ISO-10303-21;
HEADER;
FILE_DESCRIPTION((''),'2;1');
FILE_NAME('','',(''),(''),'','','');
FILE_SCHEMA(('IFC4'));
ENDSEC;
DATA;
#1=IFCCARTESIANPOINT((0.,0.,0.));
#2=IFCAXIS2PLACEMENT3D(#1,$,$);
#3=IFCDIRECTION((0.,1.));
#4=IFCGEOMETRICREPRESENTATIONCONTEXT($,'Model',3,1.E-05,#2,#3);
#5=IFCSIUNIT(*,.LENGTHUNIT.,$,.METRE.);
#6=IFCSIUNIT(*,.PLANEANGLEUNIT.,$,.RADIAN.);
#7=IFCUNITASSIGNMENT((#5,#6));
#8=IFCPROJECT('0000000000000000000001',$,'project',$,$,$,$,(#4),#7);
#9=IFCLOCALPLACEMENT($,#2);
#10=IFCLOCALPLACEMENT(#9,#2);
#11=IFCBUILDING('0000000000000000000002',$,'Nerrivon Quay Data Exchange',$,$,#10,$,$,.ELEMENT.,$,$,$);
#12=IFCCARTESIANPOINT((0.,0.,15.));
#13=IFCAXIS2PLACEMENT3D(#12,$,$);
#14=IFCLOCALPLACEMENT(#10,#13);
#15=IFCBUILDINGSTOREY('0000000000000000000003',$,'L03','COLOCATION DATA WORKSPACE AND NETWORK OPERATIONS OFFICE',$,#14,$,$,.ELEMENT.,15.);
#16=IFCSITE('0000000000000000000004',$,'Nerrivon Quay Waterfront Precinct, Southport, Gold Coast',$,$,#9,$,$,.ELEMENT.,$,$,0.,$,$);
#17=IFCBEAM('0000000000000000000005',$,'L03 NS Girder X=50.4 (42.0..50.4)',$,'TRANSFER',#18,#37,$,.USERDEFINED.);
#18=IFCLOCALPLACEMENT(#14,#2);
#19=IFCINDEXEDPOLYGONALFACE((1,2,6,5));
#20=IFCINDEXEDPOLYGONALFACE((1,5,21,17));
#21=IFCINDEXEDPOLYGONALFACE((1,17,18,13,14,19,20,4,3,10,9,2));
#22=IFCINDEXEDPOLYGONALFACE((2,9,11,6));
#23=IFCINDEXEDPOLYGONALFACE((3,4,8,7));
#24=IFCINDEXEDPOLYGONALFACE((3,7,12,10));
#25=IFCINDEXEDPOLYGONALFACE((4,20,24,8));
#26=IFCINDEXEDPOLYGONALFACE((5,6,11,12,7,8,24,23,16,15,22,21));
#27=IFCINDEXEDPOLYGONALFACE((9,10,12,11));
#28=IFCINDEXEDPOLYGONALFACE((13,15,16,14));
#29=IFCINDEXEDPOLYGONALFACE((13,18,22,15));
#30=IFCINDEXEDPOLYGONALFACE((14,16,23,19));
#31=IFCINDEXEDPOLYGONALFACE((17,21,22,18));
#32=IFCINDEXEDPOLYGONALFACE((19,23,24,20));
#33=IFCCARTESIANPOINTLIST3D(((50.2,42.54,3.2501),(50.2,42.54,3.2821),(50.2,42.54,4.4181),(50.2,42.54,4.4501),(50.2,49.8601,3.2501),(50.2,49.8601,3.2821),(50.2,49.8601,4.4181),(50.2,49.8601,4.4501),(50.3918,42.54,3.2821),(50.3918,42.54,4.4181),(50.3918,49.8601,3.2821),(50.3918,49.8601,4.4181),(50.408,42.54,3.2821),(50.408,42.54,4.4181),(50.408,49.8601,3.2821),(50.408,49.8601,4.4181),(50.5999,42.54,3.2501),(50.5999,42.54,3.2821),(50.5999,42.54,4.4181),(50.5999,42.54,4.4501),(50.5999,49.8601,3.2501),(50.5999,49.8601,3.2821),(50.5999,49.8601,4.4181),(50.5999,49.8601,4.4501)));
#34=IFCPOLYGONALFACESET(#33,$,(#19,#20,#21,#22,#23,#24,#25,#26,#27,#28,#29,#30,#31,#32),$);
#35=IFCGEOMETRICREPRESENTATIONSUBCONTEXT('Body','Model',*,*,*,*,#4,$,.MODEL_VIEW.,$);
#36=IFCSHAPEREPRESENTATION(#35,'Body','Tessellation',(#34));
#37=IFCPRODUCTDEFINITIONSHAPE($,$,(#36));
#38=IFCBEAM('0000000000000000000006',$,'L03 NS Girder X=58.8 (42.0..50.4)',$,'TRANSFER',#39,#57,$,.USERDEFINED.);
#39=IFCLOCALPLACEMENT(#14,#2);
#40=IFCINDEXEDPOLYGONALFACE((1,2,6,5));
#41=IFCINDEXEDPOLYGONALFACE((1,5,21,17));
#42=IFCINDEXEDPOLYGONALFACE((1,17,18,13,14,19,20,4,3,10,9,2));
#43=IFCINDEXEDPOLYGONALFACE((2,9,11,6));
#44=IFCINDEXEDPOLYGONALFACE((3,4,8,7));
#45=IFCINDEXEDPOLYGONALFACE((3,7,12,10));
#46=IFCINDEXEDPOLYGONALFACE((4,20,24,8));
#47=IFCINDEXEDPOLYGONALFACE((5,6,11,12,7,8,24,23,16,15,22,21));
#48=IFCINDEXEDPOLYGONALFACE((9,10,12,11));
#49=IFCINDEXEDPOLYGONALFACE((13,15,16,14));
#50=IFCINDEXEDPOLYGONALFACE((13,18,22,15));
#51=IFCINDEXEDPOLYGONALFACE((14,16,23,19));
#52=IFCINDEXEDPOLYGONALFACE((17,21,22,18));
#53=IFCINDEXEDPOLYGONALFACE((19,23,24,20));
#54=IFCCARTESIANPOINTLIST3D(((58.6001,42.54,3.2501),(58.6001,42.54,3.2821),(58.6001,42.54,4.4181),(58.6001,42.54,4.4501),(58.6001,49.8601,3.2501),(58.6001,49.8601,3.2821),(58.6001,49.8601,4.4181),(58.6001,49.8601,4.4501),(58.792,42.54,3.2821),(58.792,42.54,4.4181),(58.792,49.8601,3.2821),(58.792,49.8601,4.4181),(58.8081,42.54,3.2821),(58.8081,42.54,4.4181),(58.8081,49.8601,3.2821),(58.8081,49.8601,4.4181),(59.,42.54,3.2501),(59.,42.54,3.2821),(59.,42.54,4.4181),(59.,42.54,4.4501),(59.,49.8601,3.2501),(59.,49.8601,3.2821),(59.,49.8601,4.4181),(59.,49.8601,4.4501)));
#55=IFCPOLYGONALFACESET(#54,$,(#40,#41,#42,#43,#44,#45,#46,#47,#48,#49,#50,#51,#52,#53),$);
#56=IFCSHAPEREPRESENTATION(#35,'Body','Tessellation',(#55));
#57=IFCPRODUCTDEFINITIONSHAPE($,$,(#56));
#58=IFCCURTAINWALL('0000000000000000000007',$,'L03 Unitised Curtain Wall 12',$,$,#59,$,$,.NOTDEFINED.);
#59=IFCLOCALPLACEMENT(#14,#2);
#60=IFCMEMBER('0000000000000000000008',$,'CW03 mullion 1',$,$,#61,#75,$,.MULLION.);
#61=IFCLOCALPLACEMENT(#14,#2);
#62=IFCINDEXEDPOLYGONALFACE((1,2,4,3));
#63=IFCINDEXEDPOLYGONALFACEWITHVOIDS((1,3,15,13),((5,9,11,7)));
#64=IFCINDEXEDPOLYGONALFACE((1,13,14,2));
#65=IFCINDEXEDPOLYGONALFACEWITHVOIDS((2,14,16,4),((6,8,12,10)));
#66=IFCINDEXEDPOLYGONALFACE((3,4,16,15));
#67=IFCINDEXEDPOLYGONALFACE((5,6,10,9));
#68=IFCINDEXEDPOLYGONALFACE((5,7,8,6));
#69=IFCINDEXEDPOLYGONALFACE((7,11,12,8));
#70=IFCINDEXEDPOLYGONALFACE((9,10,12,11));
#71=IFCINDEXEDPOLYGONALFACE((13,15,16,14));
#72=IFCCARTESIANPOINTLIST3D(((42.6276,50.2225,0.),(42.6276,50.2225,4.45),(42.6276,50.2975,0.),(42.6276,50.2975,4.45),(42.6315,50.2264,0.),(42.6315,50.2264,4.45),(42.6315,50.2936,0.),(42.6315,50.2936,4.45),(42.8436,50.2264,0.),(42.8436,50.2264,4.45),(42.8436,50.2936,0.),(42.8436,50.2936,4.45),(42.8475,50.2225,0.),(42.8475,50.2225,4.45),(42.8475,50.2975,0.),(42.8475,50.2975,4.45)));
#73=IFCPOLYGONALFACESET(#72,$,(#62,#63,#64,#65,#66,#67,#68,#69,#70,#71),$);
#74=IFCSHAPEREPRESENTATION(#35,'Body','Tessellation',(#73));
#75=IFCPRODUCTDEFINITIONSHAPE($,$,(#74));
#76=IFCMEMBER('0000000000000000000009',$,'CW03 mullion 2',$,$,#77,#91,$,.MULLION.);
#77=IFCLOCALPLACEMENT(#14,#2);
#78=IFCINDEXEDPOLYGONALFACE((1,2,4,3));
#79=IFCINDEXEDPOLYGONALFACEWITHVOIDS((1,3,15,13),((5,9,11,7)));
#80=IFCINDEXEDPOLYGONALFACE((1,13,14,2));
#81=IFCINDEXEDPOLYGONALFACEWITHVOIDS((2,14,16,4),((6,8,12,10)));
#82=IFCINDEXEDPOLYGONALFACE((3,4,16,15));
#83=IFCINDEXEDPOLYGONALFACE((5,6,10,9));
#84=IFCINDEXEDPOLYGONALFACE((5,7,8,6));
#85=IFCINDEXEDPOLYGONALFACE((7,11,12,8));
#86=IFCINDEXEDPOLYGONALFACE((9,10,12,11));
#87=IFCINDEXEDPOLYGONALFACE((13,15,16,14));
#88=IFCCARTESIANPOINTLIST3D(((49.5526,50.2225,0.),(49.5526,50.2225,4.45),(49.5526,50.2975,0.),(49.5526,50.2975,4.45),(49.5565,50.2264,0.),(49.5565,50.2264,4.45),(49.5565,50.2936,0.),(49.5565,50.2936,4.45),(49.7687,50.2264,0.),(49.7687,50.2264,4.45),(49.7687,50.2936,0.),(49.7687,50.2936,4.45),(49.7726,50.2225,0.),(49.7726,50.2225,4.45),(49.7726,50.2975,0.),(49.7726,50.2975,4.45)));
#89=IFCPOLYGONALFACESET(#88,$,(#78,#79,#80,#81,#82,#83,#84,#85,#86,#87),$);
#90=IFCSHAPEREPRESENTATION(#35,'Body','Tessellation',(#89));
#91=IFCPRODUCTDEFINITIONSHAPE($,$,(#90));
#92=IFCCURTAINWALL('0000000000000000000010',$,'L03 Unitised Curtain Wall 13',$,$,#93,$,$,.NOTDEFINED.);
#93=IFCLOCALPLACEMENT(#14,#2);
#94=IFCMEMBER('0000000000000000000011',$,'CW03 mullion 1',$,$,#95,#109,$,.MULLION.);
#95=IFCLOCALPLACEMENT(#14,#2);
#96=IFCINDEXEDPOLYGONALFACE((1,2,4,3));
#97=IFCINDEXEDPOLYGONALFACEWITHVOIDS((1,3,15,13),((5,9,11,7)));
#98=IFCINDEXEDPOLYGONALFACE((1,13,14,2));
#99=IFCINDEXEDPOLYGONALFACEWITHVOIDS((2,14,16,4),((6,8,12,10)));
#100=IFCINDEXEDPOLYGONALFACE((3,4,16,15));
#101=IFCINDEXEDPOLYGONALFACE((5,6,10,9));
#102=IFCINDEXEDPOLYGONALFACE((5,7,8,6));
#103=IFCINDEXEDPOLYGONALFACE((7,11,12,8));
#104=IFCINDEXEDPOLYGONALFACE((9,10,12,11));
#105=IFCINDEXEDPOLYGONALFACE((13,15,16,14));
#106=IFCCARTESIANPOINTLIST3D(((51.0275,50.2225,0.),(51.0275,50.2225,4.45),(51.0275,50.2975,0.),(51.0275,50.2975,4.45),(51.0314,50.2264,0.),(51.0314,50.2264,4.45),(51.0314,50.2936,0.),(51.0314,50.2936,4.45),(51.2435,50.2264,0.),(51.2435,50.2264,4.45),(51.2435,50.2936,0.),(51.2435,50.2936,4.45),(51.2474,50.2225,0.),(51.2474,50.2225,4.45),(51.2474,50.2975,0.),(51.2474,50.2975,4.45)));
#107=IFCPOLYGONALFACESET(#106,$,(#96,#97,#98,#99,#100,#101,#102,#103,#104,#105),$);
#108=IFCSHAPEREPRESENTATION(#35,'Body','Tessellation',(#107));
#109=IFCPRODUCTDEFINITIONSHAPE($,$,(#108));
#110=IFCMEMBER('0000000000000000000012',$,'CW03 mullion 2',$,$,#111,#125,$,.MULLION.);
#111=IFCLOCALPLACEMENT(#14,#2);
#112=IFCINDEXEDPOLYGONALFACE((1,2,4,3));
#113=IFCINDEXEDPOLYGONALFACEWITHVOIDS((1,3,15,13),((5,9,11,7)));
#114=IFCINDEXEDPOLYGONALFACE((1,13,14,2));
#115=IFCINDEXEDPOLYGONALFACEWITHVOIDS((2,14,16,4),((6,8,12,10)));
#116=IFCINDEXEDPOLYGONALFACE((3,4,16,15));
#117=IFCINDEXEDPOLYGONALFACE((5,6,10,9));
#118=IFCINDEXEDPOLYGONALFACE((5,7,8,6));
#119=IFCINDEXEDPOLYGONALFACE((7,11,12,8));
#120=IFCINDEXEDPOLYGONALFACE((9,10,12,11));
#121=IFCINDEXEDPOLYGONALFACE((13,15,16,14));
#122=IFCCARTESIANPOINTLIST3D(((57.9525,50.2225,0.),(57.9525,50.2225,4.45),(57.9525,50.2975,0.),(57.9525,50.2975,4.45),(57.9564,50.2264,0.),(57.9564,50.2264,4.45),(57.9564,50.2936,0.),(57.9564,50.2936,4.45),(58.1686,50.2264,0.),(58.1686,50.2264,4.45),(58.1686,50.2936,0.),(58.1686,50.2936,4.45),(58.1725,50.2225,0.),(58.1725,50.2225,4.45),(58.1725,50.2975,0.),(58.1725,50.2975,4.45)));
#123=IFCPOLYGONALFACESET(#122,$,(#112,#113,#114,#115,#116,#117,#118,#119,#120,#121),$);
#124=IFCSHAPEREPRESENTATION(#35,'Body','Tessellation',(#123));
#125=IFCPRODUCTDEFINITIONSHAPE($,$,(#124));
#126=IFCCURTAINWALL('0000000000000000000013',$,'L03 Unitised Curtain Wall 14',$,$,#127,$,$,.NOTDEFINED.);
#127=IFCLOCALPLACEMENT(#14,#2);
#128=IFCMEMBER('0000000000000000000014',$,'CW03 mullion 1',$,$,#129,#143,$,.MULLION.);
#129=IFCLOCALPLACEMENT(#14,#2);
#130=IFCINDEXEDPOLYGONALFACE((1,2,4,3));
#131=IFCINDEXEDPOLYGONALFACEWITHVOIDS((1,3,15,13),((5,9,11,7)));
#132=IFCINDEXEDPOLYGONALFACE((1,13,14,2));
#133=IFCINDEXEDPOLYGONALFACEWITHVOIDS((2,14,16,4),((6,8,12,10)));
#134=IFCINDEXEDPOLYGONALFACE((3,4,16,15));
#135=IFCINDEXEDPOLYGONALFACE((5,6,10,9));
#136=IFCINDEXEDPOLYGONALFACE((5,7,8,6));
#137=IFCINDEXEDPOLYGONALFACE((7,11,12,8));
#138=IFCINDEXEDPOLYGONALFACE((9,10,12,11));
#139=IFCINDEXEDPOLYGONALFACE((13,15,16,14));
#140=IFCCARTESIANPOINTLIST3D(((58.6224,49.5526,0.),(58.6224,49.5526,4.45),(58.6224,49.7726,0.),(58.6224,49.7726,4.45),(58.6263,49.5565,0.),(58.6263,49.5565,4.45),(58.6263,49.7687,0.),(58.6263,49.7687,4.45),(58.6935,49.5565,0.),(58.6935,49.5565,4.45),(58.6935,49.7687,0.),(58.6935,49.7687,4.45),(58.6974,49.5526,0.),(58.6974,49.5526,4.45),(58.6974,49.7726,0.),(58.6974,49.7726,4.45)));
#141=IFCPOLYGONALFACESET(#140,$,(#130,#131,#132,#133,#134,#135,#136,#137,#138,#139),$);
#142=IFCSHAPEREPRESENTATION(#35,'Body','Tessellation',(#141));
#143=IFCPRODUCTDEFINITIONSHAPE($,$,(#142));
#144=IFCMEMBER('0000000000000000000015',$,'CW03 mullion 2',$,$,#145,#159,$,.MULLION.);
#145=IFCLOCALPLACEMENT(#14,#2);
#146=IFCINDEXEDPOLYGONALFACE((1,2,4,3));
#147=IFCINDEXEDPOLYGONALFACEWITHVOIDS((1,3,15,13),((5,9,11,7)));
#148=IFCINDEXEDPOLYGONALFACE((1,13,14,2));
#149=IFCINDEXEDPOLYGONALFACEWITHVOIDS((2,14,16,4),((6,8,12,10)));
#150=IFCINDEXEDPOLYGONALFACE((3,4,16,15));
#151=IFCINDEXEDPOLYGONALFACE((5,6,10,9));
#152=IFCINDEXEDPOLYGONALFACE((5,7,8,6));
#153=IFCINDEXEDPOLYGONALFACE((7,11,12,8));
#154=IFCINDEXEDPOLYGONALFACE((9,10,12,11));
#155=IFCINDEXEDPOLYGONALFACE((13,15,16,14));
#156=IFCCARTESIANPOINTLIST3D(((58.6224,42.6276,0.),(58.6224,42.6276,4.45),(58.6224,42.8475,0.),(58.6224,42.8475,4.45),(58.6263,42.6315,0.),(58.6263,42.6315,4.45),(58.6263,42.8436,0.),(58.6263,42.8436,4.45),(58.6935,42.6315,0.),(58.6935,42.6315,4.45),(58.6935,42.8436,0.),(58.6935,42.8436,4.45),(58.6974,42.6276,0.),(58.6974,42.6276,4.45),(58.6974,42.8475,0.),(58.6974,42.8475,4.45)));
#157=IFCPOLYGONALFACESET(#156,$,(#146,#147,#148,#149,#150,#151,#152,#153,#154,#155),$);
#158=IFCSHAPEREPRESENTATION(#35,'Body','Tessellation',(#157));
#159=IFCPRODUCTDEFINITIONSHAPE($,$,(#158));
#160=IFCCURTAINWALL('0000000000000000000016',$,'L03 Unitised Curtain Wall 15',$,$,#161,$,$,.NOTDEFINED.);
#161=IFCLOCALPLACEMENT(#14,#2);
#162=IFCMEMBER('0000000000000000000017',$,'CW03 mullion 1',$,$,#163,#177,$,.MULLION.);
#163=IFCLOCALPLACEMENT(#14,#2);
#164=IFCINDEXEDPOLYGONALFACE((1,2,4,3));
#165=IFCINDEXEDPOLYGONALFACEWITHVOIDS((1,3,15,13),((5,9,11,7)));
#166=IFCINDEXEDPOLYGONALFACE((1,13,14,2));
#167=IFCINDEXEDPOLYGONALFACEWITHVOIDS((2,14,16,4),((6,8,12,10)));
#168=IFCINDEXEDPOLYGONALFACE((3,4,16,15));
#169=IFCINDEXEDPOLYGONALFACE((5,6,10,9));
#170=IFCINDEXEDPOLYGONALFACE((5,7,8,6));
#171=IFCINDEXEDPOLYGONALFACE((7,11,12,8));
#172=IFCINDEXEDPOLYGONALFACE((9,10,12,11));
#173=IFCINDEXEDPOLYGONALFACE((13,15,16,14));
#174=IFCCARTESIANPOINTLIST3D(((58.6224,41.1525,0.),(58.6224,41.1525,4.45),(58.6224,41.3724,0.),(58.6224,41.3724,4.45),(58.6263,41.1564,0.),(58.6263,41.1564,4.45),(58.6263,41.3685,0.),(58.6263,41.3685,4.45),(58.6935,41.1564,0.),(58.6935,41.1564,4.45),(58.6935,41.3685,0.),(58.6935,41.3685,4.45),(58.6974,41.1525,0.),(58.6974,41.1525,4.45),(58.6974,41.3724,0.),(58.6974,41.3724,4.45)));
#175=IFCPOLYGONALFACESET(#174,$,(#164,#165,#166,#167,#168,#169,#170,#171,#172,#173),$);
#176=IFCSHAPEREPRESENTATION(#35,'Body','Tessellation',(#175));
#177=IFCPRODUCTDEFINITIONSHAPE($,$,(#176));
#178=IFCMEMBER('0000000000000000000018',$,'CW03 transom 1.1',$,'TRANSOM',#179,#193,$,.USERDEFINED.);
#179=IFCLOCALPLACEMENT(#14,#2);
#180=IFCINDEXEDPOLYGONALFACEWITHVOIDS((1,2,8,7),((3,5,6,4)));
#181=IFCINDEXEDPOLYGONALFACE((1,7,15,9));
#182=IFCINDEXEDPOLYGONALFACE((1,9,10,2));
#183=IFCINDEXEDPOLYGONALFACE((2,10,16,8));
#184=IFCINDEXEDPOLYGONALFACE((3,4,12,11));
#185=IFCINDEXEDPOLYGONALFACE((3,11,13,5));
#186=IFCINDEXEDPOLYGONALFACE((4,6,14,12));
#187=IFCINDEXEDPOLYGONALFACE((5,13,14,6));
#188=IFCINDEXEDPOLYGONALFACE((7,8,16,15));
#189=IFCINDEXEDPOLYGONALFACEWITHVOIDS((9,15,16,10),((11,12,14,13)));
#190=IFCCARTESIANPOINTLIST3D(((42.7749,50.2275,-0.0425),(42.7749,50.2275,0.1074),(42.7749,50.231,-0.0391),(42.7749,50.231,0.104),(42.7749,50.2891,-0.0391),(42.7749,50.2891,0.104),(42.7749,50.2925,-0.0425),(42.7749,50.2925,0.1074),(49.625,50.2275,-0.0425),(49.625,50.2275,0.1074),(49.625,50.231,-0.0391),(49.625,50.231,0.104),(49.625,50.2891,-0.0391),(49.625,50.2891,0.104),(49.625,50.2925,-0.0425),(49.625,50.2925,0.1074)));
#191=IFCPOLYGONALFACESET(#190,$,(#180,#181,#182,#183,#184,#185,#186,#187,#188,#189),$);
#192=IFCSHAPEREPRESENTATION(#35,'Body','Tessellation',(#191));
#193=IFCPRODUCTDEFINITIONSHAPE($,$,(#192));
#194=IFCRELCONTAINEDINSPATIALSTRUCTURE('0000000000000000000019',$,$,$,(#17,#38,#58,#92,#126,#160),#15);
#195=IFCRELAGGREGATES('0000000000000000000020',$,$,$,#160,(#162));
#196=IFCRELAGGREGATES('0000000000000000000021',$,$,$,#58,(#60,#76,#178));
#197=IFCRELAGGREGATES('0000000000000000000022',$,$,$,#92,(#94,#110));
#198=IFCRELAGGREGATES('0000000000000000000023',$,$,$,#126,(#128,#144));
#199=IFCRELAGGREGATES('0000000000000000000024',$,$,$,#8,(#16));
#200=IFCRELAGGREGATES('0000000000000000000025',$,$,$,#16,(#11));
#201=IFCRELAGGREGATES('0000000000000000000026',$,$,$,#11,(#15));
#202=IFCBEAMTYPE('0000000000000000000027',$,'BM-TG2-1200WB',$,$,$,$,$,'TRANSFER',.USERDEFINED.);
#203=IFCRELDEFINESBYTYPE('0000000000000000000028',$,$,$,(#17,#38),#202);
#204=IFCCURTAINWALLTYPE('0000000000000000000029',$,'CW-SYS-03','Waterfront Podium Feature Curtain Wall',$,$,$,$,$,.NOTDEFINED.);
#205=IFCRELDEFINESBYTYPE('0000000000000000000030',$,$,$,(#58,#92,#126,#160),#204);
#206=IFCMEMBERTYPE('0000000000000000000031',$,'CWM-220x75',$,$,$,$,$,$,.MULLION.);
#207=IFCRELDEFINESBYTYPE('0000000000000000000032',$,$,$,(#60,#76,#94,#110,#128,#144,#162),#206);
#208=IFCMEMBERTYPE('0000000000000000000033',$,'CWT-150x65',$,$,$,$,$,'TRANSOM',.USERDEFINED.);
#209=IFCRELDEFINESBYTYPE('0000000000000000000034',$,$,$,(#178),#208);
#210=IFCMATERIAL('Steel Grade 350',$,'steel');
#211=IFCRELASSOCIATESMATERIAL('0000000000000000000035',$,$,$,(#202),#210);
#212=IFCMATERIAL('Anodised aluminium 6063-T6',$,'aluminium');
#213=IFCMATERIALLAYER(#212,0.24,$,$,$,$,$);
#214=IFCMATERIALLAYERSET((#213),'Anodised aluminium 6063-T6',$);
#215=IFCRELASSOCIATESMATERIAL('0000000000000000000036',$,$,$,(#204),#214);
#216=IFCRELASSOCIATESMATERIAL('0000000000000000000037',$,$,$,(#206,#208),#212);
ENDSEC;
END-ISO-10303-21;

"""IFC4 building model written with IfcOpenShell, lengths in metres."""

from ifc_helpers import new_model, si_unit, direction, frame, origin, origin_2d, place, context, subcontext, project, spatial, hollow_rectangle, i_section, extrude, material, layer, layer_set, material_profile, profile_set, type_object, element, aggregate, save


model = new_model("IFC4")

# Units and contexts
model_context = context("Model", 3, precision=1e-05, world=origin(), true_north=direction((0.0, 1.0)))
body_context = subcontext(model_context, "Body", "Model", "MODEL_VIEW")
ifc_project = project(units=[si_unit("LENGTHUNIT", "METRE"), si_unit("PLANEANGLEUNIT", "RADIAN")], contexts=[model_context])

# Site, building, storey
site_placement = place(None, origin())
site = spatial("IfcSite", under=ifc_project, at=site_placement, Name="Nerrivon Quay Waterfront Precinct, Southport, Gold Coast", CompositionType="ELEMENT", RefElevation=0.0)
building_placement = place(site_placement, origin())
building = spatial("IfcBuilding", under=site, at=building_placement, Name="Nerrivon Quay Data Exchange", CompositionType="ELEMENT")
storey_placement = place(building_placement, frame((0.0, 0.0, 15.0)))
storey = spatial("IfcBuildingStorey", under=building, at=storey_placement, Name="L03", Description="COLOCATION DATA WORKSPACE AND NETWORK OPERATIONS OFFICE", CompositionType="ELEMENT", Elevation=15.0)

# Beams
ifc_material_1 = material(Name="Steel Grade 350", Category="steel")
ifc_material_profile_1 = material_profile(ifc_material_1, i_section(OverallWidth=0.3999, OverallDepth=1.2, WebThickness=0.0161, FlangeThickness=0.032, at=origin_2d()), Name="1200WB342")
ifc_profile_set_1 = profile_set([ifc_material_profile_1], Name="Steel Grade 350")
beam_type_1 = type_object("IfcBeamType", Name="BM-TG2-1200WB", ElementType="TRANSFER", PredefinedType="USERDEFINED", material=ifc_profile_set_1)
for number, where, z_axis, x_axis, name in (
    (1, (50.3999, 42.54, 3.8501), (0.0, 1.0, 0.0), (-1.0, 0.0, 0.0), "L03 NS Girder X=50.4 (42.0..50.4)"),
    (2, (58.8, 42.54, 3.8501), (0.0, 1.0, 0.0), (-1.0, 0.0, 0.0), "L03 NS Girder X=58.8 (42.0..50.4)"),
):
    element("IfcBeam", number, at=place(storey_placement, frame(where, z_axis=z_axis, x_axis=x_axis)), inside=storey, type_object=beam_type_1, Name=name, ObjectType="TRANSFER", PredefinedType="USERDEFINED", context=body_context, shape_type="SweptSolid", body=[
        extrude(i_section(OverallWidth=0.3999, OverallDepth=1.2, WebThickness=0.0161, FlangeThickness=0.032, at=origin_2d()), origin(), (0.0, 0.0, 1.0), 7.3201),
    ])

# Curtain walls, members
ifc_material_2 = material(Name="Anodised aluminium 6063-T6", Category="aluminium")
ifc_layer_1 = layer(ifc_material_2, 0.24)
ifc_layer_set_1 = layer_set([ifc_layer_1], Name="Anodised aluminium 6063-T6")
curtain_wall_type = type_object("IfcCurtainWallType", Name="CW-SYS-03", Description="Waterfront Podium Feature Curtain Wall", PredefinedType="NOTDEFINED", material=ifc_layer_set_1)
curtain_wall_1_placement = place(storey_placement, origin())
curtain_wall_1 = element("IfcCurtainWall", 3, at=curtain_wall_1_placement, inside=storey, type_object=curtain_wall_type, Name="L03 Unitised Curtain Wall 12", PredefinedType="NOTDEFINED")
ifc_material_profile_2 = material_profile(ifc_material_2, hollow_rectangle(XDim=0.075, YDim=0.22, WallThickness=0.0039, at=origin_2d()), Name="ALU-MULL-220x75")
ifc_profile_set_2 = profile_set([ifc_material_profile_2], Name="Anodised aluminium 6063-T6")
member_type_1 = type_object("IfcMemberType", Name="CWM-220x75", PredefinedType="MULLION", material=ifc_profile_set_2)
member_1_placement = place(storey_placement, frame((42.7375, 50.26, 0.0), z_axis=(0.0, 0.0, 1.0), x_axis=(0.0, 1.0, 0.0)))
member_1 = element("IfcMember", 4, at=member_1_placement, type_object=member_type_1, Name="CW03 mullion 1", PredefinedType="MULLION", context=body_context, shape_type="SweptSolid", body=[
    extrude(hollow_rectangle(XDim=0.075, YDim=0.22, WallThickness=0.0039, at=origin_2d()), origin(), (0.0, 0.0, 1.0), 4.45),
])
member_2_placement = place(storey_placement, frame((49.6626, 50.26, 0.0), z_axis=(0.0, 0.0, 1.0), x_axis=(0.0, 1.0, 0.0)))
member_2 = element("IfcMember", 5, at=member_2_placement, type_object=member_type_1, Name="CW03 mullion 2", PredefinedType="MULLION", context=body_context, shape_type="SweptSolid", body=[
    extrude(hollow_rectangle(XDim=0.075, YDim=0.22, WallThickness=0.0039, at=origin_2d()), origin(), (0.0, 0.0, 1.0), 4.45),
])
curtain_wall_2_placement = place(storey_placement, origin())
curtain_wall_2 = element("IfcCurtainWall", 6, at=curtain_wall_2_placement, inside=storey, type_object=curtain_wall_type, Name="L03 Unitised Curtain Wall 13", PredefinedType="NOTDEFINED")
member_3_placement = place(storey_placement, frame((51.1375, 50.26, 0.0), z_axis=(0.0, 0.0, 1.0), x_axis=(0.0, 1.0, 0.0)))
member_3 = element("IfcMember", 7, at=member_3_placement, type_object=member_type_1, Name="CW03 mullion 1", PredefinedType="MULLION", context=body_context, shape_type="SweptSolid", body=[
    extrude(hollow_rectangle(XDim=0.075, YDim=0.22, WallThickness=0.0039, at=origin_2d()), origin(), (0.0, 0.0, 1.0), 4.45),
])
member_4_placement = place(storey_placement, frame((58.0625, 50.26, 0.0), z_axis=(0.0, 0.0, 1.0), x_axis=(0.0, 1.0, 0.0)))
member_4 = element("IfcMember", 8, at=member_4_placement, type_object=member_type_1, Name="CW03 mullion 2", PredefinedType="MULLION", context=body_context, shape_type="SweptSolid", body=[
    extrude(hollow_rectangle(XDim=0.075, YDim=0.22, WallThickness=0.0039, at=origin_2d()), origin(), (0.0, 0.0, 1.0), 4.45),
])
curtain_wall_3_placement = place(storey_placement, origin())
curtain_wall_3 = element("IfcCurtainWall", 9, at=curtain_wall_3_placement, inside=storey, type_object=curtain_wall_type, Name="L03 Unitised Curtain Wall 14", PredefinedType="NOTDEFINED")
member_5_placement = place(storey_placement, frame((58.6599, 49.6626, 0.0), z_axis=(0.0, 0.0, 1.0), x_axis=(1.0, 0.0, 0.0)))
member_5 = element("IfcMember", 10, at=member_5_placement, type_object=member_type_1, Name="CW03 mullion 1", PredefinedType="MULLION", context=body_context, shape_type="SweptSolid", body=[
    extrude(hollow_rectangle(XDim=0.075, YDim=0.22, WallThickness=0.0039, at=origin_2d()), origin(), (0.0, 0.0, 1.0), 4.45),
])
member_6_placement = place(storey_placement, frame((58.6599, 42.7375, 0.0), z_axis=(0.0, 0.0, 1.0), x_axis=(1.0, 0.0, 0.0)))
member_6 = element("IfcMember", 11, at=member_6_placement, type_object=member_type_1, Name="CW03 mullion 2", PredefinedType="MULLION", context=body_context, shape_type="SweptSolid", body=[
    extrude(hollow_rectangle(XDim=0.075, YDim=0.22, WallThickness=0.0039, at=origin_2d()), origin(), (0.0, 0.0, 1.0), 4.45),
])

# Curtain wall, member
curtain_wall_4_placement = place(storey_placement, origin())
curtain_wall_4 = element("IfcCurtainWall", 12, at=curtain_wall_4_placement, inside=storey, type_object=curtain_wall_type, Name="L03 Unitised Curtain Wall 15", PredefinedType="NOTDEFINED")
member_7_placement = place(storey_placement, frame((58.6599, 41.2625, 0.0), z_axis=(0.0, 0.0, 1.0), x_axis=(1.0, 0.0, 0.0)))
member_7 = element("IfcMember", 13, at=member_7_placement, type_object=member_type_1, Name="CW03 mullion 1", PredefinedType="MULLION", context=body_context, shape_type="SweptSolid", body=[
    extrude(hollow_rectangle(XDim=0.075, YDim=0.22, WallThickness=0.0039, at=origin_2d()), origin(), (0.0, 0.0, 1.0), 4.45),
])

# Member
ifc_material_profile_3 = material_profile(ifc_material_2, hollow_rectangle(XDim=0.0649, YDim=0.1499, WallThickness=0.0034, at=origin_2d()), Name="ALU-TRAN-150x65")
ifc_profile_set_3 = profile_set([ifc_material_profile_3], Name="Anodised aluminium 6063-T6")
member_type_2 = type_object("IfcMemberType", Name="CWT-150x65", ElementType="TRANSOM", PredefinedType="USERDEFINED", material=ifc_profile_set_3)
member_8_placement = place(storey_placement, frame((42.7749, 50.26, 0.0325), z_axis=(1.0, 0.0, 0.0), x_axis=(0.0, 1.0, 0.0)))
member_8 = element("IfcMember", 14, at=member_8_placement, type_object=member_type_2, Name="CW03 transom 1.1", ObjectType="TRANSOM", PredefinedType="USERDEFINED", context=body_context, shape_type="SweptSolid", body=[
    extrude(hollow_rectangle(XDim=0.0649, YDim=0.1499, WallThickness=0.0034, at=origin_2d()), origin(), (0.0, 0.0, 1.0), 6.8501),
])
aggregate(curtain_wall_4, [member_7])

aggregate(curtain_wall_1, [member_1, member_2, member_8])
aggregate(curtain_wall_2, [member_3, member_4])
aggregate(curtain_wall_3, [member_5, member_6])

save(model, "model.ifc")
